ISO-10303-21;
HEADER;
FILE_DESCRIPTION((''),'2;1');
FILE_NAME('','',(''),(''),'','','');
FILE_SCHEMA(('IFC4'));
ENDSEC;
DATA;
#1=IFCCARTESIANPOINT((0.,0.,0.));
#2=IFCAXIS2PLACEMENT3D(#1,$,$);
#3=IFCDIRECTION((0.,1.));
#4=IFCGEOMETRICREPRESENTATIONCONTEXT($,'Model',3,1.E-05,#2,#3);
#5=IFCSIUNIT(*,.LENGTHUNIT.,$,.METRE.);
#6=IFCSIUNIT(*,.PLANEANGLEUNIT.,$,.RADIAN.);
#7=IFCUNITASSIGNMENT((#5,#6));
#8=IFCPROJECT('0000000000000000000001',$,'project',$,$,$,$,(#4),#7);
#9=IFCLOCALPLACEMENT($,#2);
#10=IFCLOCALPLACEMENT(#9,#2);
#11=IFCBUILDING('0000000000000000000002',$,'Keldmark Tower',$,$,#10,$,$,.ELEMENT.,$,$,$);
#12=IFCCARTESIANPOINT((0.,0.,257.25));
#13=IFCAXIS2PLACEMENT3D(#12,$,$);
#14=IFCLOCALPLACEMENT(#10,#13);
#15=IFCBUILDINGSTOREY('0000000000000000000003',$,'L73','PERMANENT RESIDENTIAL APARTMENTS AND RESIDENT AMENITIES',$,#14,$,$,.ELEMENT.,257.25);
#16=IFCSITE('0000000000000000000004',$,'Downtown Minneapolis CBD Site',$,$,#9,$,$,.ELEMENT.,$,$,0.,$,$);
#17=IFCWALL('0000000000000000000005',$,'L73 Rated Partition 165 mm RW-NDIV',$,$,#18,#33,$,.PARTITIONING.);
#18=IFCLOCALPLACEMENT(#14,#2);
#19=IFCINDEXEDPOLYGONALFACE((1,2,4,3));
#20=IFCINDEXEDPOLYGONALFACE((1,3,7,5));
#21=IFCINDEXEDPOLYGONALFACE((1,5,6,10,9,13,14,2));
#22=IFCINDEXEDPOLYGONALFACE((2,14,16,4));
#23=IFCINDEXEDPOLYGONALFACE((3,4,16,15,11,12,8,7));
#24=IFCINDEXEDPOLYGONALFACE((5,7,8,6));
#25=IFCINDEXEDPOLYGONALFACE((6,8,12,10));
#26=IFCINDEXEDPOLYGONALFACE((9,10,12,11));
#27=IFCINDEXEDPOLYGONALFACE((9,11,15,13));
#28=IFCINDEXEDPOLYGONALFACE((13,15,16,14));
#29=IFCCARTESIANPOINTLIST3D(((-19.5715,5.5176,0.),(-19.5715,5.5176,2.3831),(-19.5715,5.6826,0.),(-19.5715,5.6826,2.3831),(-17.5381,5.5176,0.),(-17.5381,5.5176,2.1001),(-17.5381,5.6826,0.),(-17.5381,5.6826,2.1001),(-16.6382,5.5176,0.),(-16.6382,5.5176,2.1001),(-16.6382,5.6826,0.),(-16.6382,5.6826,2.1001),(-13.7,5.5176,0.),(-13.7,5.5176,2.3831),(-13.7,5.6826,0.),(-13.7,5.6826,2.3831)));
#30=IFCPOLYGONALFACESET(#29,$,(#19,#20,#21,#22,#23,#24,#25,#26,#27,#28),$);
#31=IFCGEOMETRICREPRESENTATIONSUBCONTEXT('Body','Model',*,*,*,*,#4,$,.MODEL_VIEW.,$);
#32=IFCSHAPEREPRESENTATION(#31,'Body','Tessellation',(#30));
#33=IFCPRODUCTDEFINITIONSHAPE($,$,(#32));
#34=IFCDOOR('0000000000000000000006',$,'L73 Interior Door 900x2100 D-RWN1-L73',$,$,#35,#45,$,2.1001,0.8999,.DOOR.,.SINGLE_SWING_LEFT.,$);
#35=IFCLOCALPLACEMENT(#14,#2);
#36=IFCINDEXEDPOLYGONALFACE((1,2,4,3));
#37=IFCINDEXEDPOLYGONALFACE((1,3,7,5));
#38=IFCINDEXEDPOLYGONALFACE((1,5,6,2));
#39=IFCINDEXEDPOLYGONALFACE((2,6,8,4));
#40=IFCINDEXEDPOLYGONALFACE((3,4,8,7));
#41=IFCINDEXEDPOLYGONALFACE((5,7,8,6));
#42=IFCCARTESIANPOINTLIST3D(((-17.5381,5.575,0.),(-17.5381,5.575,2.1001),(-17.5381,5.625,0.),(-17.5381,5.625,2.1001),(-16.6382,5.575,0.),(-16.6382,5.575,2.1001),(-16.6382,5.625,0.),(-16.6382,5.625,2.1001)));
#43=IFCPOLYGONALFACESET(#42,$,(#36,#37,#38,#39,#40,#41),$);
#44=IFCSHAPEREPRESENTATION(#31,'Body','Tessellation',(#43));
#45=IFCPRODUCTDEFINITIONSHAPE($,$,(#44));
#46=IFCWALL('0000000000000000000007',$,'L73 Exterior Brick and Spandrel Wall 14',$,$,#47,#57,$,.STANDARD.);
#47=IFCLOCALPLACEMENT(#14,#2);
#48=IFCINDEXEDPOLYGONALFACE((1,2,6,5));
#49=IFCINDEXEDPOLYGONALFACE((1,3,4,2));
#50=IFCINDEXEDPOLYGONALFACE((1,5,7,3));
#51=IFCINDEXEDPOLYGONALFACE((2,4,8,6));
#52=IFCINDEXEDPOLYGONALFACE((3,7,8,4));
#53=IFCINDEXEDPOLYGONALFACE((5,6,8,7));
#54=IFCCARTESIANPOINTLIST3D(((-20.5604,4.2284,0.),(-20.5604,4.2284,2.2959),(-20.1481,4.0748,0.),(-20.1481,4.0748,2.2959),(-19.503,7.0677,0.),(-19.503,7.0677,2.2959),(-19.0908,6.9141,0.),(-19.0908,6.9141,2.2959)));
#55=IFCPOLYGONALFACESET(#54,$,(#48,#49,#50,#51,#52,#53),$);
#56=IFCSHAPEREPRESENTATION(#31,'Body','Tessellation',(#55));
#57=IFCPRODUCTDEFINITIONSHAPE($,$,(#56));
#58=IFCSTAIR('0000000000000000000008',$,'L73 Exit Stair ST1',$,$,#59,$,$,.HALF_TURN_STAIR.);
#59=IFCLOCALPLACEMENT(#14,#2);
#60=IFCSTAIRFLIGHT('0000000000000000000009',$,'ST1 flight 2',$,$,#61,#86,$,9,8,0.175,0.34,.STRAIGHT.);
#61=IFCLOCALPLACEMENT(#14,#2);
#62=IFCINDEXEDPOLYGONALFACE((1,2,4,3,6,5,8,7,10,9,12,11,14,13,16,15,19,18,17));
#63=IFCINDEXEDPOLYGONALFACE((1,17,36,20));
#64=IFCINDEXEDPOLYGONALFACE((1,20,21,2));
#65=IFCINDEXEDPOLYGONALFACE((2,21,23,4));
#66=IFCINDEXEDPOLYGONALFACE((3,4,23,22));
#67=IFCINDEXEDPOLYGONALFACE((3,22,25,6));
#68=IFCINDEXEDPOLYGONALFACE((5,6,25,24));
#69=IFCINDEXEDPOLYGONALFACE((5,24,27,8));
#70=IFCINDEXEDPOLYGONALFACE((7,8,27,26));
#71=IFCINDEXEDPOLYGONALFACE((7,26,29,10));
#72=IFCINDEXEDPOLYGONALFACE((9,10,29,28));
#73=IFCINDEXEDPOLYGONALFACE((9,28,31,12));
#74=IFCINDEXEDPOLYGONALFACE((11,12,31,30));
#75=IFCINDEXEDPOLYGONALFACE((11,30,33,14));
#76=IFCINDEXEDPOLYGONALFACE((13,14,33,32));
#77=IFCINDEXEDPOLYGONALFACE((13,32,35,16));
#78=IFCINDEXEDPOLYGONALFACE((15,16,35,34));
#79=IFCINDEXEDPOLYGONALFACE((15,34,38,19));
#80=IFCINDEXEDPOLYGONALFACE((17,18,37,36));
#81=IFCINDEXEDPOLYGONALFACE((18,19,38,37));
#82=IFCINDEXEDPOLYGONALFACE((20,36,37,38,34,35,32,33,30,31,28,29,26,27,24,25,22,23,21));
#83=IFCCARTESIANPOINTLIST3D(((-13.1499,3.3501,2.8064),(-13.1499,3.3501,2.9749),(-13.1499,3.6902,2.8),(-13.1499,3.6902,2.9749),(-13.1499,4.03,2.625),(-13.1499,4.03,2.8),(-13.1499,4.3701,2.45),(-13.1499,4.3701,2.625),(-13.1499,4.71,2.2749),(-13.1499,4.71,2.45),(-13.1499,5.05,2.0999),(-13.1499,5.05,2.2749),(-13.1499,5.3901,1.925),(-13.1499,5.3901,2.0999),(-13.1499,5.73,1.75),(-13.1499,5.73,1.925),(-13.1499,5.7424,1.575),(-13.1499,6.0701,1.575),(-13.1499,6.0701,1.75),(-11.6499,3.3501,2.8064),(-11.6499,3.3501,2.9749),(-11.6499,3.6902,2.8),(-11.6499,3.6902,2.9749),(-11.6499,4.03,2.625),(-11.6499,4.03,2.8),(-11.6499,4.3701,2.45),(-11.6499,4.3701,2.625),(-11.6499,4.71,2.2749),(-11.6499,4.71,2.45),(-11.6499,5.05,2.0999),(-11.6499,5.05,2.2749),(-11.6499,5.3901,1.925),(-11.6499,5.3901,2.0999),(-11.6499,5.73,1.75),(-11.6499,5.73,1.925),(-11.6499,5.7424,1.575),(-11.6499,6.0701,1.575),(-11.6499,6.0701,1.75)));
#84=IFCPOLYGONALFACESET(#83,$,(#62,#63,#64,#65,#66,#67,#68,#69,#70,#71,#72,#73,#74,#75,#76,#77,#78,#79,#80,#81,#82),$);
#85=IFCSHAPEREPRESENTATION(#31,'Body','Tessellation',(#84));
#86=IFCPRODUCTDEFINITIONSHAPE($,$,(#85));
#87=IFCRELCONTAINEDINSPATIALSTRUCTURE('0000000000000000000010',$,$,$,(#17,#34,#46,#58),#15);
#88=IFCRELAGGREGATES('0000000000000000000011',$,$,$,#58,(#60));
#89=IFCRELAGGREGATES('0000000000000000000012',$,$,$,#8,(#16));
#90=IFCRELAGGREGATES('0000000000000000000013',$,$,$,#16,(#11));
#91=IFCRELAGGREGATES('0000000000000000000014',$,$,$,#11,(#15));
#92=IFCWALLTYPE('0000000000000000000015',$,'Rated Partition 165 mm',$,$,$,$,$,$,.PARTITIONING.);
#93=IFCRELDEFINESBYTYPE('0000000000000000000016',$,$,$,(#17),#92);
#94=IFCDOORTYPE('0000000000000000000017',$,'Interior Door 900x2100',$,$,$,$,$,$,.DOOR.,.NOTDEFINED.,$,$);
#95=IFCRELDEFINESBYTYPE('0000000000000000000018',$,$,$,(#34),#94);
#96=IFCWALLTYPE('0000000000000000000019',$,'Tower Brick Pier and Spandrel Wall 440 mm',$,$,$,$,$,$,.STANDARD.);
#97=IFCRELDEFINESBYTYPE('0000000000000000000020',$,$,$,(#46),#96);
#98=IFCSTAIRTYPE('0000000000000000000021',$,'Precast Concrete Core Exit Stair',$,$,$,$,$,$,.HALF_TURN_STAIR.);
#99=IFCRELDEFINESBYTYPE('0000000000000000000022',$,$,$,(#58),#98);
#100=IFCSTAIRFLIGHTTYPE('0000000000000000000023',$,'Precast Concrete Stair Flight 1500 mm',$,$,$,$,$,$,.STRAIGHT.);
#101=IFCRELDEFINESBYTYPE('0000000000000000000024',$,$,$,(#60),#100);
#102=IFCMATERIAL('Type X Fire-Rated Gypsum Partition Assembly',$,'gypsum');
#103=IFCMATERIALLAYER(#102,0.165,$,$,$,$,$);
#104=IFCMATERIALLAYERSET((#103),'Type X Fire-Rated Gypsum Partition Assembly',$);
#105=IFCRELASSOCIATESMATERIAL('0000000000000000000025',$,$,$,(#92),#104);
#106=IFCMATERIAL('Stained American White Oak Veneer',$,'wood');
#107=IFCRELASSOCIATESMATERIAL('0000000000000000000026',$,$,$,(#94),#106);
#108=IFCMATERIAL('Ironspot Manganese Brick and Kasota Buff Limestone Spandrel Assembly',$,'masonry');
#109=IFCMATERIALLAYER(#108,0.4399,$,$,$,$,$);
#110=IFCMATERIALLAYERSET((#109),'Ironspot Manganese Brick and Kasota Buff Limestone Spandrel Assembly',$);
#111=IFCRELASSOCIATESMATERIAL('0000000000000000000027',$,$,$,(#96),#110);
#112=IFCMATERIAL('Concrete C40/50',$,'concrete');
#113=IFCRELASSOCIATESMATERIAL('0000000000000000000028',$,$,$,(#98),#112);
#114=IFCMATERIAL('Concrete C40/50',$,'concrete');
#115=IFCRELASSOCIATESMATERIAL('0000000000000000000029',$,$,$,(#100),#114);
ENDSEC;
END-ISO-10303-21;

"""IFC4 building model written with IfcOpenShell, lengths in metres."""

from ifc_helpers import new_model, si_unit, direction, frame, frame_2d, origin, place, context, subcontext, project, spatial, polyline, rectangle, outline, extrude, material, layer, layer_set, type_object, element, fill, aggregate, save


model = new_model("IFC4")

# Units and contexts
model_context = context("Model", 3, precision=1e-05, world=origin(), true_north=direction((0.0, 1.0)))
body_context = subcontext(model_context, "Body", "Model", "MODEL_VIEW")
ifc_project = project(units=[si_unit("LENGTHUNIT", "METRE"), si_unit("PLANEANGLEUNIT", "RADIAN")], contexts=[model_context])

# Site, building, storey
site_placement = place(None, origin())
site = spatial("IfcSite", under=ifc_project, at=site_placement, Name="Downtown Minneapolis CBD Site", CompositionType="ELEMENT", RefElevation=0.0)
building_placement = place(site_placement, origin())
building = spatial("IfcBuilding", under=site, at=building_placement, Name="Keldmark Tower", CompositionType="ELEMENT")
storey_placement = place(building_placement, frame((0.0, 0.0, 257.25)))
storey = spatial("IfcBuildingStorey", under=building, at=storey_placement, Name="L73", Description="PERMANENT RESIDENTIAL APARTMENTS AND RESIDENT AMENITIES", CompositionType="ELEMENT", Elevation=257.25)

# Wall, opening, door
ifc_material_1 = material(Name="Type X Fire-Rated Gypsum Partition Assembly", Category="gypsum")
ifc_layer_1 = layer(ifc_material_1, 0.165)
ifc_layer_set_1 = layer_set([ifc_layer_1], Name="Type X Fire-Rated Gypsum Partition Assembly")
wall_type_1 = type_object("IfcWallType", Name="Rated Partition 165 mm", PredefinedType="PARTITIONING", material=ifc_layer_set_1)
wall_1_placement = place(storey_placement, frame((-19.5715, 5.6001, 0.0), z_axis=(0.0, 0.0, 1.0), x_axis=(1.0, 0.0, 0.0)))
wall_1 = element("IfcWall", 1, at=wall_1_placement, inside=storey, type_object=wall_type_1, Name="L73 Rated Partition 165 mm RW-NDIV", PredefinedType="PARTITIONING", context=body_context, shape_type="SweptSolid", body=[
    extrude(rectangle(XDim=5.8716, YDim=0.165, at=frame_2d((2.9358, 0.0))), origin(), (0.0, 0.0, 1.0), 2.3831),
])
opening_placement = place(wall_1_placement, frame((2.0334, 0.0, 0.0)))
opening = element("IfcOpeningElement", 2, at=opening_placement, cuts=wall_1, PredefinedType="OPENING", context=body_context, shape_type="SweptSolid", body=[
    extrude(rectangle(XDim=0.8999, YDim=2.1001, at=frame_2d((0.45, 1.05))), frame((0.0, 0.0925, 0.0), z_axis=(0.0, -1.0, 0.0), x_axis=(1.0, 0.0, 0.0)), (0.0, 0.0, 1.0), 0.1851),
])
ifc_material_2 = material(Name="Stained American White Oak Veneer", Category="wood")
door_type = type_object("IfcDoorType", Name="Interior Door 900x2100", OperationType="NOTDEFINED", PredefinedType="DOOR", material=ifc_material_2)
door_placement = place(opening_placement, origin())
door = element("IfcDoor", 3, at=door_placement, inside=storey, type_object=door_type, Name="L73 Interior Door 900x2100 D-RWN1-L73", OperationType="SINGLE_SWING_LEFT", OverallHeight=2.1001, OverallWidth=0.8999, PredefinedType="DOOR", context=body_context, shape_type="SweptSolid", body=[
    extrude(rectangle(XDim=0.8999, YDim=2.1001, at=frame_2d((0.45, 1.05))), frame((0.0, 0.0249, 0.0), z_axis=(0.0, -1.0, 0.0), x_axis=(1.0, 0.0, 0.0)), (0.0, 0.0, 1.0), 0.05),
])
fill(opening, door)

# Wall
ifc_material_3 = material(Name="Ironspot Manganese Brick and Kasota Buff Limestone Spandrel Assembly", Category="masonry")
ifc_layer_2 = layer(ifc_material_3, 0.4399)
ifc_layer_set_2 = layer_set([ifc_layer_2], Name="Ironspot Manganese Brick and Kasota Buff Limestone Spandrel Assembly")
wall_type_2 = type_object("IfcWallType", Name="Tower Brick Pier and Spandrel Wall 440 mm", PredefinedType="STANDARD", material=ifc_layer_set_2)
wall_2_placement = place(storey_placement, frame((-20.3542, 4.1516, 0.0), z_axis=(0.0, 0.0, 1.0), x_axis=(0.348986, 0.937128, 0.0)))
element("IfcWall", 4, at=wall_2_placement, inside=storey, type_object=wall_type_2, Name="L73 Exterior Brick and Spandrel Wall 14", PredefinedType="STANDARD", context=body_context, shape_type="SweptSolid", body=[
    extrude(rectangle(XDim=3.0298, YDim=0.4399, at=frame_2d((1.5149, 0.0))), origin(), (0.0, 0.0, 1.0), 2.2959),
])

# Stair, stair flight
ifc_material_4 = material(Name="Concrete C40/50", Category="concrete")
stair_type = type_object("IfcStairType", Name="Precast Concrete Core Exit Stair", PredefinedType="HALF_TURN_STAIR", material=ifc_material_4)
stair_placement = place(storey_placement, origin())
stair = element("IfcStair", 5, at=stair_placement, inside=storey, type_object=stair_type, Name="L73 Exit Stair ST1", PredefinedType="HALF_TURN_STAIR")
ifc_material_5 = material(Name="Concrete C40/50", Category="concrete")
stair_flight_type = type_object("IfcStairFlightType", Name="Precast Concrete Stair Flight 1500 mm", PredefinedType="STRAIGHT", material=ifc_material_5)
stair_flight_placement = place(storey_placement, frame((-12.3999, 6.0701, 1.575), z_axis=(0.0, 0.0, 1.0), x_axis=(0.0, -1.0, 0.0)))
stair_flight = element("IfcStairFlight", 6, at=stair_flight_placement, type_object=stair_flight_type, Name="ST1 flight 2", NumberOfRisers=9, NumberOfTreads=8, PredefinedType="STRAIGHT", RiserHeight=0.175, TreadLength=0.34, context=body_context, shape_type="SweptSolid", body=[
    extrude(outline(polyline([(0.0, 0.0), (0.0, 0.175), (0.3401, 0.175), (0.3401, 0.3501), (0.6799, 0.3501), (0.6799, 0.5249), (1.02, 0.5249), (1.02, 0.7), (1.3601, 0.7), (1.3601, 0.875), (1.7, 0.875), (1.7, 1.05), (2.04, 1.05), (2.04, 1.2251), (2.3799, 1.2251), (2.3799, 1.3999), (2.72, 1.3999), (2.72, 1.575), (2.72, 1.2314), (0.3276, 0.0), (0.0, 0.0)])), frame((0.0, 0.75, 0.0), z_axis=(0.0, -1.0, 0.0), x_axis=(1.0, 0.0, 0.0)), (0.0, 0.0, 1.0), 1.5),
])
aggregate(stair, [stair_flight])

save(model, "model.ifc")
